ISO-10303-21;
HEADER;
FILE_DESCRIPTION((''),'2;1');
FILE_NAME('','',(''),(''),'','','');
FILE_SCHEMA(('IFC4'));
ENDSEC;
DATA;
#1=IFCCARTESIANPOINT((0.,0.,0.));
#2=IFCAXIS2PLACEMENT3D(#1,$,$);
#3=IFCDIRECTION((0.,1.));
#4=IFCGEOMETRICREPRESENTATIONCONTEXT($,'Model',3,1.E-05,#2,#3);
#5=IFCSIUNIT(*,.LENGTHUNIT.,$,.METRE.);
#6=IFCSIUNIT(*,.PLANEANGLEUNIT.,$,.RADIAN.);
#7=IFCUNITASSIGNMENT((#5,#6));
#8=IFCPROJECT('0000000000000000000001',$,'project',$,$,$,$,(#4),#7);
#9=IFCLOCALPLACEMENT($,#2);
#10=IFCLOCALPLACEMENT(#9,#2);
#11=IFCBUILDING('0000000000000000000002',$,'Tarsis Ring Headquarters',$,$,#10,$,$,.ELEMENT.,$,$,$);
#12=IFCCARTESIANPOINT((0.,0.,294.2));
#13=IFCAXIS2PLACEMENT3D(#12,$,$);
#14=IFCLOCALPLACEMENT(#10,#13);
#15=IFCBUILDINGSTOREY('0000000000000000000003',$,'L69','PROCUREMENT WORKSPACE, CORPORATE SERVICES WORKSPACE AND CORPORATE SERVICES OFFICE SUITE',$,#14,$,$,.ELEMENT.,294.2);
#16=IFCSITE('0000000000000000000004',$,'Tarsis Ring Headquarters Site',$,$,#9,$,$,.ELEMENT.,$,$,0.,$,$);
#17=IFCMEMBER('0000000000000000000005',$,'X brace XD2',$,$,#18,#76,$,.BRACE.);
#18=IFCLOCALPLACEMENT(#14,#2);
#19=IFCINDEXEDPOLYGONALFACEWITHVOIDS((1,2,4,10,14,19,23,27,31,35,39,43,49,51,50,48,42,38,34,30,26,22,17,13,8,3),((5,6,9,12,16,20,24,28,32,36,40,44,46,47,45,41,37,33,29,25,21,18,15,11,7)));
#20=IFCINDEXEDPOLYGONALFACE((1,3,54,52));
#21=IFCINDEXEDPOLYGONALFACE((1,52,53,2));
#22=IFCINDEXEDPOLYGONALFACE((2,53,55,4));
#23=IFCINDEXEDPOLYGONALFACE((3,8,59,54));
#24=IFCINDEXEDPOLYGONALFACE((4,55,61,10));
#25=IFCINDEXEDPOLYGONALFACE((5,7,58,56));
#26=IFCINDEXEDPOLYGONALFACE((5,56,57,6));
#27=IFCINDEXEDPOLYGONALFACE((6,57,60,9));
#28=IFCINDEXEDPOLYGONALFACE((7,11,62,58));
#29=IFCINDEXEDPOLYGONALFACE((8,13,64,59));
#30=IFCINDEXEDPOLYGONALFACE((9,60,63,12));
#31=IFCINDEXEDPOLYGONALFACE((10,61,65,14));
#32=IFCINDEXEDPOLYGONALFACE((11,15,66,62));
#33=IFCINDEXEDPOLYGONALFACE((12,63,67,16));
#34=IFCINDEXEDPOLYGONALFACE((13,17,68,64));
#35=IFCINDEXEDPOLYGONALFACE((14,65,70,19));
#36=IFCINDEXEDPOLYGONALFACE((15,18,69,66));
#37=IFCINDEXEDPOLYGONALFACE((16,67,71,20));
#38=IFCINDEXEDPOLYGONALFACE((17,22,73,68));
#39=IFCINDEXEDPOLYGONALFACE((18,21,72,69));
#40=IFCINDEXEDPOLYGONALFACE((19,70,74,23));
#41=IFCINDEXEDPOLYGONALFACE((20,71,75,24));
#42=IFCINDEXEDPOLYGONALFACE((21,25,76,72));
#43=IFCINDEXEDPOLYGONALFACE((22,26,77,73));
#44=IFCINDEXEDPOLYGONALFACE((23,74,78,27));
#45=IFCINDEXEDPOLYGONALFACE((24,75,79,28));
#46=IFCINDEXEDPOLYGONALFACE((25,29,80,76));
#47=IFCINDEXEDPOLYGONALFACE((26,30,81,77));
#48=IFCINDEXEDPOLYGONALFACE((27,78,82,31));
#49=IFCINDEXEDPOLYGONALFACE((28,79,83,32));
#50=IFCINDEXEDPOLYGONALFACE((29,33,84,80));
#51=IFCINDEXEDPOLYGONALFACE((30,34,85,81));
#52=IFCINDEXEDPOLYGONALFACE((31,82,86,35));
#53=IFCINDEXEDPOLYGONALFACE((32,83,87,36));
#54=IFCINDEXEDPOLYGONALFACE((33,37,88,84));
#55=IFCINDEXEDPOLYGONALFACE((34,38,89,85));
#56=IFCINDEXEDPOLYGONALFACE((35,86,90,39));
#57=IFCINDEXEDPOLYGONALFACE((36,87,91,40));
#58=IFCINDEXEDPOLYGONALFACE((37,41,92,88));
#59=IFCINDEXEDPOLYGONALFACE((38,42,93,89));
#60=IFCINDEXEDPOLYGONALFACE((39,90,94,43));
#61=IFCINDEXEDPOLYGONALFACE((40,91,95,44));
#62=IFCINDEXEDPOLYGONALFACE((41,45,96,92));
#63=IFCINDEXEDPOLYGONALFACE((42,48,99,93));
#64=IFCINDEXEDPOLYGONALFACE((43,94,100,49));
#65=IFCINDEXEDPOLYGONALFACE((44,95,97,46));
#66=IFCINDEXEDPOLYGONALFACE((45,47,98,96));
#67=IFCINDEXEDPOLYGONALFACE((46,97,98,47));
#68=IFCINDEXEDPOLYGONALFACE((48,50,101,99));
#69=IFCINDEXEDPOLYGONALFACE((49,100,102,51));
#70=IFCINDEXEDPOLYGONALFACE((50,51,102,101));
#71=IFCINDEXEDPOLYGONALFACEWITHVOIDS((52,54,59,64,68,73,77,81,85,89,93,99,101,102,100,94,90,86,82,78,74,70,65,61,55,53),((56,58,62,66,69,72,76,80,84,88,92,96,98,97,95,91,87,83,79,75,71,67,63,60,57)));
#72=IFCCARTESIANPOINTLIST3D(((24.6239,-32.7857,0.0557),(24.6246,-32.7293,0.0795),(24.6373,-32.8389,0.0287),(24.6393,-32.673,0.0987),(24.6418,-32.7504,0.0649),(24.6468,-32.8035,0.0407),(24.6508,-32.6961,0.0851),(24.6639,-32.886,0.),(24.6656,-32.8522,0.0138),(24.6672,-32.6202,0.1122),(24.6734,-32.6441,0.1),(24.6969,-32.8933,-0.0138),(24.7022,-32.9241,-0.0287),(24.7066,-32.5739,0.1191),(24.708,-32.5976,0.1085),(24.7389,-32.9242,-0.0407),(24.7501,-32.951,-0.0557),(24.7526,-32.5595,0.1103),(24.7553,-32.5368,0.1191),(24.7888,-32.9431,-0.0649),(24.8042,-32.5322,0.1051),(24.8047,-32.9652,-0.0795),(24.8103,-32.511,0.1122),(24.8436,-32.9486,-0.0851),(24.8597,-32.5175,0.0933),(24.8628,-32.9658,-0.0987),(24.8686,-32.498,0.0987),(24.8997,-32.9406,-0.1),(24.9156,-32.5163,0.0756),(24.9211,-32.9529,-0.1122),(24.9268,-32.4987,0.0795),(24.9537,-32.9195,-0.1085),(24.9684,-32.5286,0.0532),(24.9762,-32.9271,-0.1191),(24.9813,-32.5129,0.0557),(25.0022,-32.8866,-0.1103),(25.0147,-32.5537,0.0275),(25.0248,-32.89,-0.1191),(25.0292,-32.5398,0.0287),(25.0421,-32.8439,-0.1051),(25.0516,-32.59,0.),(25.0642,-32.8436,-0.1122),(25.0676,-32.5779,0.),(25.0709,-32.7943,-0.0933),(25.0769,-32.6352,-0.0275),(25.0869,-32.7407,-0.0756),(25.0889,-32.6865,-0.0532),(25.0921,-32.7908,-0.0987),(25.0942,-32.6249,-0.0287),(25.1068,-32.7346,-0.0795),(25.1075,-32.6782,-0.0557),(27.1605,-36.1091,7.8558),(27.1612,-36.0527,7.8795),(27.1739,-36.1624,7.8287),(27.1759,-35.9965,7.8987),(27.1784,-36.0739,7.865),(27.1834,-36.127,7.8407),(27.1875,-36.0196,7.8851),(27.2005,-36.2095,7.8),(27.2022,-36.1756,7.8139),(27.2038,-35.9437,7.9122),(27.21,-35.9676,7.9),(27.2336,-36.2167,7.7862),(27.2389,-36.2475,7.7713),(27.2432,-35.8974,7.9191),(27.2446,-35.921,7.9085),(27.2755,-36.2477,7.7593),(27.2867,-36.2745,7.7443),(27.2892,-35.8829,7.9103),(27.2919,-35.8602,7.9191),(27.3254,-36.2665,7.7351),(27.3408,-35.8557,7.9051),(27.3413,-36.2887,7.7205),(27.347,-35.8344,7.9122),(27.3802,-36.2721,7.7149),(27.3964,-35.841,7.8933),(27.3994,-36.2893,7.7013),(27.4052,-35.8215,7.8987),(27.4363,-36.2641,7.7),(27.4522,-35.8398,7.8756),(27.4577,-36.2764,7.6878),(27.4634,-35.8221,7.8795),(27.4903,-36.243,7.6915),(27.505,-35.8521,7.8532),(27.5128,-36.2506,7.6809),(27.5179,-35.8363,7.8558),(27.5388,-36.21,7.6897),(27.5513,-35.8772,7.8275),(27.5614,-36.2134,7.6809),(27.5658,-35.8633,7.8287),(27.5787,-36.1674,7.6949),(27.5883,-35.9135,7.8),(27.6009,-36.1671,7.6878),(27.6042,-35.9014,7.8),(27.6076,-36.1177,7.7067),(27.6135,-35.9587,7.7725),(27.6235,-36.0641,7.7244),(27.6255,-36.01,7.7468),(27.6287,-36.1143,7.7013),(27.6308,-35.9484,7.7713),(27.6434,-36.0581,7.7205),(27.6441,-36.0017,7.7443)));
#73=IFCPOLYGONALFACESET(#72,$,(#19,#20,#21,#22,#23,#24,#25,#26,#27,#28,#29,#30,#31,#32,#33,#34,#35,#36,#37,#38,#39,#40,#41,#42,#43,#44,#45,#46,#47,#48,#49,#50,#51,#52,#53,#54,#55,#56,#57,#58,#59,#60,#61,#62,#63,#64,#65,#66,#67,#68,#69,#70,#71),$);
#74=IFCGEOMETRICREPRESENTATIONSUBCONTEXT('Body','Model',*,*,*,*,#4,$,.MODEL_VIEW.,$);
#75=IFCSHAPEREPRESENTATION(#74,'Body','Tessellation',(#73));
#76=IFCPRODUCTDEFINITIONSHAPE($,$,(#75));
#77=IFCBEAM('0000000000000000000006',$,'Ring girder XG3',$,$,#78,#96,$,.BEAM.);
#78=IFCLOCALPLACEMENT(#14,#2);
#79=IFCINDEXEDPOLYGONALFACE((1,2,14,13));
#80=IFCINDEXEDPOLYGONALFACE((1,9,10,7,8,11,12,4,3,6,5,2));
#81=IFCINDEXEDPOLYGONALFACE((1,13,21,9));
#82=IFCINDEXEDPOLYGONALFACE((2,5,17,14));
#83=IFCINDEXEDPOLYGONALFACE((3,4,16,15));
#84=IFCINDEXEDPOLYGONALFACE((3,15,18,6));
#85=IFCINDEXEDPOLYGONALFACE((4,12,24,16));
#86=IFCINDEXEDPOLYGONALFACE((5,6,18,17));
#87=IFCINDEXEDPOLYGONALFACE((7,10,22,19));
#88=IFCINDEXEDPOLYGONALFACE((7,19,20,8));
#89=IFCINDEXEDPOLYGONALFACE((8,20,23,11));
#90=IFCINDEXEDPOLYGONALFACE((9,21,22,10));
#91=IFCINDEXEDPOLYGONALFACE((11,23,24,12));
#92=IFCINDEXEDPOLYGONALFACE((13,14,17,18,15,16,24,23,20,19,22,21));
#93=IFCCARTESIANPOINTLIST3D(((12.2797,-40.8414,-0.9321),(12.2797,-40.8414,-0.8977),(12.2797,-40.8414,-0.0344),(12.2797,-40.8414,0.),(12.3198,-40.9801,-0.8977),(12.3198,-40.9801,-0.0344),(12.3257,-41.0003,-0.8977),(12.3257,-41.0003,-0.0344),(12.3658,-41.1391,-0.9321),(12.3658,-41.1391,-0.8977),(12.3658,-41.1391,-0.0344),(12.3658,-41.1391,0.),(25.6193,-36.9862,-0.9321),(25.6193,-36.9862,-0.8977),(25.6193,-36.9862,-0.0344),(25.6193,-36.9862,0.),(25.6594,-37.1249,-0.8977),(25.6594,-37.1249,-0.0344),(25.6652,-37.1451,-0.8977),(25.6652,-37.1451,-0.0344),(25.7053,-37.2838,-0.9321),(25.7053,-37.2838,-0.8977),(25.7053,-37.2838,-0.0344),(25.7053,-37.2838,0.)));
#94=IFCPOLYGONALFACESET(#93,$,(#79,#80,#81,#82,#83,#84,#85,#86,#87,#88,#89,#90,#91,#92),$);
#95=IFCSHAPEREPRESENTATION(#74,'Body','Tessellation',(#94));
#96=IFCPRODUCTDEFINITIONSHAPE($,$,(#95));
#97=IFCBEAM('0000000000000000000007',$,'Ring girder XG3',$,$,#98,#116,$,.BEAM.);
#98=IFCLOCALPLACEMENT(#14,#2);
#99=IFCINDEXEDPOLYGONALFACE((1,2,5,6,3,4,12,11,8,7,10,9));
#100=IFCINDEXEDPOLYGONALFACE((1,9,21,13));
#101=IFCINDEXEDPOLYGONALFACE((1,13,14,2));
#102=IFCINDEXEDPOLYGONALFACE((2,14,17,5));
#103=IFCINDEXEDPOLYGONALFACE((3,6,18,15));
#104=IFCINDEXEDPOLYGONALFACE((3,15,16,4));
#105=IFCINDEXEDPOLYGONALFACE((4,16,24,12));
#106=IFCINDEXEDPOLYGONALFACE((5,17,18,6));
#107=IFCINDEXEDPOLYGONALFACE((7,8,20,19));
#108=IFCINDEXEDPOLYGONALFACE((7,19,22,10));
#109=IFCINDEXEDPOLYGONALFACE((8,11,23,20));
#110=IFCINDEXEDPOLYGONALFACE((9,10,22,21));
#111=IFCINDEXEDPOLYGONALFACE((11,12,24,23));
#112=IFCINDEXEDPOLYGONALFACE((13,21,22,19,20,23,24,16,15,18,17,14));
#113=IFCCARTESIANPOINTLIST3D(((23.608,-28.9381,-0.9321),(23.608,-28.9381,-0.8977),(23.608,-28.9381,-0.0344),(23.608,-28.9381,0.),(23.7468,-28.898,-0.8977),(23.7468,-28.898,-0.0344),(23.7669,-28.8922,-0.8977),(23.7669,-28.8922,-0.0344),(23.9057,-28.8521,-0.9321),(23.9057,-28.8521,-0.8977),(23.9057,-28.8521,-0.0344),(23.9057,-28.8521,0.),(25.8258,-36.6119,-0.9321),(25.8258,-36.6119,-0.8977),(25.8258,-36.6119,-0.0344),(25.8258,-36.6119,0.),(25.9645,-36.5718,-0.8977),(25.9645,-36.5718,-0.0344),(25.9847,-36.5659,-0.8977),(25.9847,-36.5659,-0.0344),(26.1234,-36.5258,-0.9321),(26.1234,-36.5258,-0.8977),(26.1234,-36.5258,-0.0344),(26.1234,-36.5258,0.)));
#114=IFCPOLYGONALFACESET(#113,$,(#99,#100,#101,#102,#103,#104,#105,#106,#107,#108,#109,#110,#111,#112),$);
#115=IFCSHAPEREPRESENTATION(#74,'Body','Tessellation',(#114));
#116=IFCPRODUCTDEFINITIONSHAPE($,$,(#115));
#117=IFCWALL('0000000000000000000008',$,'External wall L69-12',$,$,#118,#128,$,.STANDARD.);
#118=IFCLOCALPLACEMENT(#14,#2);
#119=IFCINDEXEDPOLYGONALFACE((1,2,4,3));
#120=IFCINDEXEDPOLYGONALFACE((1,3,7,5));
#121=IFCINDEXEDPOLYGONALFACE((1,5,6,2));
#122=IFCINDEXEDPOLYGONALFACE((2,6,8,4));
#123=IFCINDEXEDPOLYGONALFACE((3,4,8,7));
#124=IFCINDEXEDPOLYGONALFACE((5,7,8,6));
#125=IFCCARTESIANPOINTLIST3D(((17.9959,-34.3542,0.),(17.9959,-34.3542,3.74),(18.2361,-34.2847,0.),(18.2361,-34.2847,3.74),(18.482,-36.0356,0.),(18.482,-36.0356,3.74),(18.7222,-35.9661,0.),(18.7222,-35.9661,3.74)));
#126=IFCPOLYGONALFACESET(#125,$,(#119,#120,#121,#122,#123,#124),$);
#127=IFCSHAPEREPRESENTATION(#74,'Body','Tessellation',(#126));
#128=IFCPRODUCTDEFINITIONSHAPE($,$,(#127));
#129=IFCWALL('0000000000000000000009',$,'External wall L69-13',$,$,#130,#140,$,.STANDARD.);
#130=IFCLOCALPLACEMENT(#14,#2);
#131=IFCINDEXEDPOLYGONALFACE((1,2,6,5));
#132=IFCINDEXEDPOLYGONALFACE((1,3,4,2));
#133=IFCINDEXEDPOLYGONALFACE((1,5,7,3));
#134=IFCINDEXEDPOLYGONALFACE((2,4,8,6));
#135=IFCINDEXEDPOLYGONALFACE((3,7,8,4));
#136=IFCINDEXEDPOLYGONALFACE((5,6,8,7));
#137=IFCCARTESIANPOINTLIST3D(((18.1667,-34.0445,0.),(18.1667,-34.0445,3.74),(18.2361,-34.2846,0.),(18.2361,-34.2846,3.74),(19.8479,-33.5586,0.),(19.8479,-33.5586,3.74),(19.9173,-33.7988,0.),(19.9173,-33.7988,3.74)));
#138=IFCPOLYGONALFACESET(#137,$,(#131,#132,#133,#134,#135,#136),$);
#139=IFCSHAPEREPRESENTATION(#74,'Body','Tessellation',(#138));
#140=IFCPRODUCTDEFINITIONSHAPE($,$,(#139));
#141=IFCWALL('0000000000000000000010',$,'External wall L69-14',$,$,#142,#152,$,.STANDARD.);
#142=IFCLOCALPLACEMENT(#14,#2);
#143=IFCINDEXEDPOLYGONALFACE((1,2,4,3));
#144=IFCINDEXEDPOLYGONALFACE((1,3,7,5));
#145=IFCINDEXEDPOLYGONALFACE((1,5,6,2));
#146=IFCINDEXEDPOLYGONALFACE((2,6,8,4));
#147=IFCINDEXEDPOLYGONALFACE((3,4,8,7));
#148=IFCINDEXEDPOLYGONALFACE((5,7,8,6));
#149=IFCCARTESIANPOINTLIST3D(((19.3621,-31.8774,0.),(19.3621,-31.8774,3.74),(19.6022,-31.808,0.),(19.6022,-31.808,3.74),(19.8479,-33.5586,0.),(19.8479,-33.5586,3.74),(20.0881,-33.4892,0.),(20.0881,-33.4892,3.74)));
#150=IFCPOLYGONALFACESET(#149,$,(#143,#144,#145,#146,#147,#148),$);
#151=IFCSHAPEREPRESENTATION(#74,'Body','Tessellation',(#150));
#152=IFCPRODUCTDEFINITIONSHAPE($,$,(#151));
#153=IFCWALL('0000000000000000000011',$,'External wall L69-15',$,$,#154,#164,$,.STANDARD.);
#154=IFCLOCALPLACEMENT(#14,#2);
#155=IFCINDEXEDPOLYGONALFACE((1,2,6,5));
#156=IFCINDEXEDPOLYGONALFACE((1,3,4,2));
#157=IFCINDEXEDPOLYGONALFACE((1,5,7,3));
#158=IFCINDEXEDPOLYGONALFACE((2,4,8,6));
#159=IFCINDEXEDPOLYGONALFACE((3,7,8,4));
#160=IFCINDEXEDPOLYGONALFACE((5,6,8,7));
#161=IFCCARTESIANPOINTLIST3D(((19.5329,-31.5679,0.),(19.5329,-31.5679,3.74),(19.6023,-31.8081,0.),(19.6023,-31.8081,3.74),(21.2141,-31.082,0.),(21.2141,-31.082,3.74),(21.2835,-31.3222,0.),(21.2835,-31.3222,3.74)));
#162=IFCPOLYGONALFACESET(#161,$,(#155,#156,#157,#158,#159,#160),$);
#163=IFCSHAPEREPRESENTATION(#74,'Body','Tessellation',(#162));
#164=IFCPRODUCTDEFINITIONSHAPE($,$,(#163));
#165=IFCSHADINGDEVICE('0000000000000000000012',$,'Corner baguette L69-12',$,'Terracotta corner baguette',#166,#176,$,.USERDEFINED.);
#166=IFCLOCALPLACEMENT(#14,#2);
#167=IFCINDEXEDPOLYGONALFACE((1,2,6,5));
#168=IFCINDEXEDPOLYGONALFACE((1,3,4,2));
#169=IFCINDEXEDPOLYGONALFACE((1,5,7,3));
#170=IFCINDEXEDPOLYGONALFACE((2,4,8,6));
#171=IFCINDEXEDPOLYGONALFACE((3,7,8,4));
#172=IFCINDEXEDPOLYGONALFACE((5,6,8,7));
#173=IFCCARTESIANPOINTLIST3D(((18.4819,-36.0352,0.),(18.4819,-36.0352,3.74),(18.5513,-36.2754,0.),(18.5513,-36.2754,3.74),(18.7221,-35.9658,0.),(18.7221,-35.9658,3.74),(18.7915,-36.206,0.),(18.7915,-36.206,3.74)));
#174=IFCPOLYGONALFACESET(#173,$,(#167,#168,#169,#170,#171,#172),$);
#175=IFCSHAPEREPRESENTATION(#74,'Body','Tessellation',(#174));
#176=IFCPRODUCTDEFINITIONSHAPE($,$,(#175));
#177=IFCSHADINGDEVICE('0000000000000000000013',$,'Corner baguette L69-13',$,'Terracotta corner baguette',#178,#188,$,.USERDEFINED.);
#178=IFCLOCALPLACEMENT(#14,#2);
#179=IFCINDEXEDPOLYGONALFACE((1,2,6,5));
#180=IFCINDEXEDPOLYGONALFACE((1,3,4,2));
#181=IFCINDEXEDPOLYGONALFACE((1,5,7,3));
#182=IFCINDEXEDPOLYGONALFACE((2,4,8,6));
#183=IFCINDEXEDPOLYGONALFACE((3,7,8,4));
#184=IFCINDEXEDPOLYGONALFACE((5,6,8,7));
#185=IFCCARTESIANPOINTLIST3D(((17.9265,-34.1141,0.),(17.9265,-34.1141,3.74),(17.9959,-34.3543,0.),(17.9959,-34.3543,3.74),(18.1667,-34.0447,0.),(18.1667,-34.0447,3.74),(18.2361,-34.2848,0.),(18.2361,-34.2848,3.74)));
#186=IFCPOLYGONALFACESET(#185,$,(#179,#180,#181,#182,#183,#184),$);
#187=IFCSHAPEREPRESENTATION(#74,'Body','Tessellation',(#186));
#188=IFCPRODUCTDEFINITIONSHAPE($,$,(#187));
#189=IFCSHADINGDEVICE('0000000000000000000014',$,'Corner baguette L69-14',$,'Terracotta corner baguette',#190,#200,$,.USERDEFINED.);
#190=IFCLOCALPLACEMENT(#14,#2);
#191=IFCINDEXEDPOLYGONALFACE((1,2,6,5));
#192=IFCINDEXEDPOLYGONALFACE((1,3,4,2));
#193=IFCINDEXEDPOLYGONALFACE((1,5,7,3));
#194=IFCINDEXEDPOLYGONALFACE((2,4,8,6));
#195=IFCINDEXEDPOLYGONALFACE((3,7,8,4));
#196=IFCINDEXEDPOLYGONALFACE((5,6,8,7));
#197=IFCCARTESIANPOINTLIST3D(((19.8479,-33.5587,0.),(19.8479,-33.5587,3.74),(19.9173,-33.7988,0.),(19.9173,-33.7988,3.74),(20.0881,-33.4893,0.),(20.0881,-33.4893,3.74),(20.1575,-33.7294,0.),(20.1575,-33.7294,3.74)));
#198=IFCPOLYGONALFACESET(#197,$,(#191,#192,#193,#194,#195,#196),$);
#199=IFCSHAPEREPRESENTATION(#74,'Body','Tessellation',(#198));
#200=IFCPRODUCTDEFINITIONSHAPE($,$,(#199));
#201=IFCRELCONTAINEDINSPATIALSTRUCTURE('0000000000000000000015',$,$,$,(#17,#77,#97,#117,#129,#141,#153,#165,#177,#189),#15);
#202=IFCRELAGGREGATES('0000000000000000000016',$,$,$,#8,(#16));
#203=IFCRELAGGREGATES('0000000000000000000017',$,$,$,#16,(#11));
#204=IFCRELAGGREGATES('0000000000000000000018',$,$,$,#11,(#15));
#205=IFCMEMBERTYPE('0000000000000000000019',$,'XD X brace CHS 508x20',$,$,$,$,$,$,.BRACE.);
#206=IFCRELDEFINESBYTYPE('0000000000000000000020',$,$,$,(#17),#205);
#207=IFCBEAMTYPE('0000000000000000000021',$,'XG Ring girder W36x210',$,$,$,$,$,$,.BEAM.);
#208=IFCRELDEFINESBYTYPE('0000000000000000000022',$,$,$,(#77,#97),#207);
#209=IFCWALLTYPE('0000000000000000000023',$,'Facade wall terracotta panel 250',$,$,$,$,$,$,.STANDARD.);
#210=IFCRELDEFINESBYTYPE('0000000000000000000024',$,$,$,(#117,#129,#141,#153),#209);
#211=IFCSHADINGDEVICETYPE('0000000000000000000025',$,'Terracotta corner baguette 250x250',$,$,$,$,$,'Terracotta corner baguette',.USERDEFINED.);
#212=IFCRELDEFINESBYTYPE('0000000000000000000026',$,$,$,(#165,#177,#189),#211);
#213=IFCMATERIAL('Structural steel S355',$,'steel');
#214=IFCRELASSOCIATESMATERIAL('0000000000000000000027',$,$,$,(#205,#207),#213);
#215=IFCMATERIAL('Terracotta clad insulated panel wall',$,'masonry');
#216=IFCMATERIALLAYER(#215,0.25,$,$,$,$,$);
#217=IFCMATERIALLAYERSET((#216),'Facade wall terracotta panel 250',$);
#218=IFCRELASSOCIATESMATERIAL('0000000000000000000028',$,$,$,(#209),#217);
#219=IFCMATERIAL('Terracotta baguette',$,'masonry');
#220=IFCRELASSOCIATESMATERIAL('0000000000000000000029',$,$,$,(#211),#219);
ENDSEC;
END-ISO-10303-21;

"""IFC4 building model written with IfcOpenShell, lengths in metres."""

from ifc_helpers import new_model, si_unit, direction, frame, frame_2d, origin, origin_2d, place, context, subcontext, project, spatial, rectangle, hollow_circle, i_section, extrude, material, layer, layer_set, material_profile, profile_set, type_object, element, save


model = new_model("IFC4")

# Units and contexts
model_context = context("Model", 3, precision=1e-05, world=origin(), true_north=direction((0.0, 1.0)))
body_context = subcontext(model_context, "Body", "Model", "MODEL_VIEW")
ifc_project = project(units=[si_unit("LENGTHUNIT", "METRE"), si_unit("PLANEANGLEUNIT", "RADIAN")], contexts=[model_context])

# Site, building, storey
site_placement = place(None, origin())
site = spatial("IfcSite", under=ifc_project, at=site_placement, Name="Tarsis Ring Headquarters Site", CompositionType="ELEMENT", RefElevation=0.0)
building_placement = place(site_placement, origin())
building = spatial("IfcBuilding", under=site, at=building_placement, Name="Tarsis Ring Headquarters", CompositionType="ELEMENT")
storey_placement = place(building_placement, frame((0.0, 0.0, 294.2)))
storey = spatial("IfcBuildingStorey", under=building, at=storey_placement, Name="L69", Description="PROCUREMENT WORKSPACE, CORPORATE SERVICES WORKSPACE AND CORPORATE SERVICES OFFICE SUITE", CompositionType="ELEMENT", Elevation=294.2)

# Shared definitions
ifc_material_1 = material(Name="Structural steel S355", Category="steel")

# Member
ifc_material_profile_1 = material_profile(ifc_material_1, hollow_circle(Radius=0.2539, WallThickness=0.02, at=origin_2d()), Name="CHS 508x20")
ifc_profile_set_1 = profile_set([ifc_material_profile_1], Name="Structural steel S355")
member_type = type_object("IfcMemberType", Name="XD X brace CHS 508x20", PredefinedType="BRACE", material=ifc_profile_set_1)
member_1_placement = place(storey_placement, frame((24.8657, -32.7319, 0.0), z_axis=(0.286627, -0.375539, 0.881371), x_axis=(0.794919, 0.606715, 0.0)))
element("IfcMember", 1, at=member_1_placement, inside=storey, type_object=member_type, Name="X brace XD2", PredefinedType="BRACE", context=body_context, shape_type="SweptSolid", body=[
    extrude(hollow_circle(Radius=0.2539, WallThickness=0.02, at=origin_2d()), origin(), (0.0, 0.0, 1.0), 8.8499),
])

# Beams
ifc_material_profile_2 = material_profile(ifc_material_1, i_section(OverallWidth=0.3098, OverallDepth=0.9321, WebThickness=0.021, FlangeThickness=0.0344, at=origin_2d()), Name="W36x210")
ifc_profile_set_2 = profile_set([ifc_material_profile_2], Name="Structural steel S355")
beam_type = type_object("IfcBeamType", Name="XG Ring girder W36x210", PredefinedType="BEAM", material=ifc_profile_set_2)
beam_1_placement = place(storey_placement, frame((12.3228, -40.9902, -0.4661), z_axis=(0.960684, 0.277644, 0.0), x_axis=(-0.277644, 0.960684, 0.0)))
element("IfcBeam", 2, at=beam_1_placement, inside=storey, type_object=beam_type, Name="Ring girder XG3", PredefinedType="BEAM", context=body_context, shape_type="SweptSolid", body=[
    extrude(i_section(OverallWidth=0.3098, OverallDepth=0.9321, WebThickness=0.021, FlangeThickness=0.0344, at=origin_2d()), origin(), (0.0, 0.0, 1.0), 13.8855),
])
beam_2_placement = place(storey_placement, frame((25.9746, -36.5688, -0.4661), z_axis=(-0.277642, 0.960684, 0.0), x_axis=(-0.960684, -0.277642, 0.0)))
element("IfcBeam", 3, at=beam_2_placement, inside=storey, type_object=beam_type, Name="Ring girder XG3", PredefinedType="BEAM", context=body_context, shape_type="SweptSolid", body=[
    extrude(i_section(OverallWidth=0.3098, OverallDepth=0.9321, WebThickness=0.021, FlangeThickness=0.0344, at=origin_2d()), origin(), (0.0, 0.0, 1.0), 7.9878),
])

# Walls
ifc_material_2 = material(Name="Terracotta clad insulated panel wall", Category="masonry")
ifc_layer = layer(ifc_material_2, 0.25)
ifc_layer_set = layer_set([ifc_layer], Name="Facade wall terracotta panel 250")
wall_type = type_object("IfcWallType", Name="Facade wall terracotta panel 250", PredefinedType="STANDARD", material=ifc_layer_set)
wall_placement = place(storey_placement, frame((18.6021, -36.0007, 0.0), z_axis=(0.0, 0.0, 1.0), x_axis=(-0.277723, 0.960661, 0.0)))
element("IfcWall", 4, at=wall_placement, inside=storey, type_object=wall_type, Name="External wall L69-12", PredefinedType="STANDARD", context=body_context, shape_type="SweptSolid", body=[
    extrude(rectangle(XDim=1.7502, YDim=0.25, at=frame_2d((0.875, 0.0))), origin(), (0.0, 0.0, 1.0), 3.74),
])
for number, where, z_axis, x_axis, name in (
    (5, (18.2014, -34.1646, 0.0), (0.0, 0.0, 1.0), (0.960688, 0.277631, 0.0), "External wall L69-13"),
    (6, (19.968, -33.5239, 0.0), (0.0, 0.0, 1.0), (-0.277631, 0.960688, 0.0), "External wall L69-14"),
    (7, (19.5676, -31.688, 0.0), (0.0, 0.0, 1.0), (0.960688, 0.277631, 0.0), "External wall L69-15"),
):
    element("IfcWall", number, at=place(storey_placement, frame(where, z_axis=z_axis, x_axis=x_axis)), inside=storey, type_object=wall_type, Name=name, PredefinedType="STANDARD", context=body_context, shape_type="SweptSolid", body=[
        extrude(rectangle(XDim=1.75, YDim=0.25, at=frame_2d((0.875, 0.0))), origin(), (0.0, 0.0, 1.0), 3.74),
    ])

# Shading devices
ifc_material_3 = material(Name="Terracotta baguette", Category="masonry")
shading_device_type_1 = type_object("IfcShadingDeviceType", Name="Terracotta corner baguette 250x250", ElementType="Terracotta corner baguette", PredefinedType="USERDEFINED", material=ifc_material_3)
for number, where, z_axis, x_axis, name in (
    (8, (18.6367, -36.1206, 0.0), (0.0, 0.0, 1.0), (0.960682, 0.27765, 0.0), "Corner baguette L69-12"),
    (9, (18.0813, -34.1995, 0.0), (0.0, 0.0, 1.0), (-0.27765, 0.960682, 0.0), "Corner baguette L69-13"),
    (10, (20.0027, -33.644, 0.0), (0.0, 0.0, 1.0), (0.960682, 0.27765, 0.0), "Corner baguette L69-14"),
):
    element("IfcShadingDevice", number, at=place(storey_placement, frame(where, z_axis=z_axis, x_axis=x_axis)), inside=storey, type_object=shading_device_type_1, Name=name, ObjectType="Terracotta corner baguette", PredefinedType="USERDEFINED", context=body_context, shape_type="SweptSolid", body=[
        extrude(rectangle(XDim=0.25, YDim=0.25, at=origin_2d()), origin(), (0.0, 0.0, 1.0), 3.74),
    ])

save(model, "model.ifc")
